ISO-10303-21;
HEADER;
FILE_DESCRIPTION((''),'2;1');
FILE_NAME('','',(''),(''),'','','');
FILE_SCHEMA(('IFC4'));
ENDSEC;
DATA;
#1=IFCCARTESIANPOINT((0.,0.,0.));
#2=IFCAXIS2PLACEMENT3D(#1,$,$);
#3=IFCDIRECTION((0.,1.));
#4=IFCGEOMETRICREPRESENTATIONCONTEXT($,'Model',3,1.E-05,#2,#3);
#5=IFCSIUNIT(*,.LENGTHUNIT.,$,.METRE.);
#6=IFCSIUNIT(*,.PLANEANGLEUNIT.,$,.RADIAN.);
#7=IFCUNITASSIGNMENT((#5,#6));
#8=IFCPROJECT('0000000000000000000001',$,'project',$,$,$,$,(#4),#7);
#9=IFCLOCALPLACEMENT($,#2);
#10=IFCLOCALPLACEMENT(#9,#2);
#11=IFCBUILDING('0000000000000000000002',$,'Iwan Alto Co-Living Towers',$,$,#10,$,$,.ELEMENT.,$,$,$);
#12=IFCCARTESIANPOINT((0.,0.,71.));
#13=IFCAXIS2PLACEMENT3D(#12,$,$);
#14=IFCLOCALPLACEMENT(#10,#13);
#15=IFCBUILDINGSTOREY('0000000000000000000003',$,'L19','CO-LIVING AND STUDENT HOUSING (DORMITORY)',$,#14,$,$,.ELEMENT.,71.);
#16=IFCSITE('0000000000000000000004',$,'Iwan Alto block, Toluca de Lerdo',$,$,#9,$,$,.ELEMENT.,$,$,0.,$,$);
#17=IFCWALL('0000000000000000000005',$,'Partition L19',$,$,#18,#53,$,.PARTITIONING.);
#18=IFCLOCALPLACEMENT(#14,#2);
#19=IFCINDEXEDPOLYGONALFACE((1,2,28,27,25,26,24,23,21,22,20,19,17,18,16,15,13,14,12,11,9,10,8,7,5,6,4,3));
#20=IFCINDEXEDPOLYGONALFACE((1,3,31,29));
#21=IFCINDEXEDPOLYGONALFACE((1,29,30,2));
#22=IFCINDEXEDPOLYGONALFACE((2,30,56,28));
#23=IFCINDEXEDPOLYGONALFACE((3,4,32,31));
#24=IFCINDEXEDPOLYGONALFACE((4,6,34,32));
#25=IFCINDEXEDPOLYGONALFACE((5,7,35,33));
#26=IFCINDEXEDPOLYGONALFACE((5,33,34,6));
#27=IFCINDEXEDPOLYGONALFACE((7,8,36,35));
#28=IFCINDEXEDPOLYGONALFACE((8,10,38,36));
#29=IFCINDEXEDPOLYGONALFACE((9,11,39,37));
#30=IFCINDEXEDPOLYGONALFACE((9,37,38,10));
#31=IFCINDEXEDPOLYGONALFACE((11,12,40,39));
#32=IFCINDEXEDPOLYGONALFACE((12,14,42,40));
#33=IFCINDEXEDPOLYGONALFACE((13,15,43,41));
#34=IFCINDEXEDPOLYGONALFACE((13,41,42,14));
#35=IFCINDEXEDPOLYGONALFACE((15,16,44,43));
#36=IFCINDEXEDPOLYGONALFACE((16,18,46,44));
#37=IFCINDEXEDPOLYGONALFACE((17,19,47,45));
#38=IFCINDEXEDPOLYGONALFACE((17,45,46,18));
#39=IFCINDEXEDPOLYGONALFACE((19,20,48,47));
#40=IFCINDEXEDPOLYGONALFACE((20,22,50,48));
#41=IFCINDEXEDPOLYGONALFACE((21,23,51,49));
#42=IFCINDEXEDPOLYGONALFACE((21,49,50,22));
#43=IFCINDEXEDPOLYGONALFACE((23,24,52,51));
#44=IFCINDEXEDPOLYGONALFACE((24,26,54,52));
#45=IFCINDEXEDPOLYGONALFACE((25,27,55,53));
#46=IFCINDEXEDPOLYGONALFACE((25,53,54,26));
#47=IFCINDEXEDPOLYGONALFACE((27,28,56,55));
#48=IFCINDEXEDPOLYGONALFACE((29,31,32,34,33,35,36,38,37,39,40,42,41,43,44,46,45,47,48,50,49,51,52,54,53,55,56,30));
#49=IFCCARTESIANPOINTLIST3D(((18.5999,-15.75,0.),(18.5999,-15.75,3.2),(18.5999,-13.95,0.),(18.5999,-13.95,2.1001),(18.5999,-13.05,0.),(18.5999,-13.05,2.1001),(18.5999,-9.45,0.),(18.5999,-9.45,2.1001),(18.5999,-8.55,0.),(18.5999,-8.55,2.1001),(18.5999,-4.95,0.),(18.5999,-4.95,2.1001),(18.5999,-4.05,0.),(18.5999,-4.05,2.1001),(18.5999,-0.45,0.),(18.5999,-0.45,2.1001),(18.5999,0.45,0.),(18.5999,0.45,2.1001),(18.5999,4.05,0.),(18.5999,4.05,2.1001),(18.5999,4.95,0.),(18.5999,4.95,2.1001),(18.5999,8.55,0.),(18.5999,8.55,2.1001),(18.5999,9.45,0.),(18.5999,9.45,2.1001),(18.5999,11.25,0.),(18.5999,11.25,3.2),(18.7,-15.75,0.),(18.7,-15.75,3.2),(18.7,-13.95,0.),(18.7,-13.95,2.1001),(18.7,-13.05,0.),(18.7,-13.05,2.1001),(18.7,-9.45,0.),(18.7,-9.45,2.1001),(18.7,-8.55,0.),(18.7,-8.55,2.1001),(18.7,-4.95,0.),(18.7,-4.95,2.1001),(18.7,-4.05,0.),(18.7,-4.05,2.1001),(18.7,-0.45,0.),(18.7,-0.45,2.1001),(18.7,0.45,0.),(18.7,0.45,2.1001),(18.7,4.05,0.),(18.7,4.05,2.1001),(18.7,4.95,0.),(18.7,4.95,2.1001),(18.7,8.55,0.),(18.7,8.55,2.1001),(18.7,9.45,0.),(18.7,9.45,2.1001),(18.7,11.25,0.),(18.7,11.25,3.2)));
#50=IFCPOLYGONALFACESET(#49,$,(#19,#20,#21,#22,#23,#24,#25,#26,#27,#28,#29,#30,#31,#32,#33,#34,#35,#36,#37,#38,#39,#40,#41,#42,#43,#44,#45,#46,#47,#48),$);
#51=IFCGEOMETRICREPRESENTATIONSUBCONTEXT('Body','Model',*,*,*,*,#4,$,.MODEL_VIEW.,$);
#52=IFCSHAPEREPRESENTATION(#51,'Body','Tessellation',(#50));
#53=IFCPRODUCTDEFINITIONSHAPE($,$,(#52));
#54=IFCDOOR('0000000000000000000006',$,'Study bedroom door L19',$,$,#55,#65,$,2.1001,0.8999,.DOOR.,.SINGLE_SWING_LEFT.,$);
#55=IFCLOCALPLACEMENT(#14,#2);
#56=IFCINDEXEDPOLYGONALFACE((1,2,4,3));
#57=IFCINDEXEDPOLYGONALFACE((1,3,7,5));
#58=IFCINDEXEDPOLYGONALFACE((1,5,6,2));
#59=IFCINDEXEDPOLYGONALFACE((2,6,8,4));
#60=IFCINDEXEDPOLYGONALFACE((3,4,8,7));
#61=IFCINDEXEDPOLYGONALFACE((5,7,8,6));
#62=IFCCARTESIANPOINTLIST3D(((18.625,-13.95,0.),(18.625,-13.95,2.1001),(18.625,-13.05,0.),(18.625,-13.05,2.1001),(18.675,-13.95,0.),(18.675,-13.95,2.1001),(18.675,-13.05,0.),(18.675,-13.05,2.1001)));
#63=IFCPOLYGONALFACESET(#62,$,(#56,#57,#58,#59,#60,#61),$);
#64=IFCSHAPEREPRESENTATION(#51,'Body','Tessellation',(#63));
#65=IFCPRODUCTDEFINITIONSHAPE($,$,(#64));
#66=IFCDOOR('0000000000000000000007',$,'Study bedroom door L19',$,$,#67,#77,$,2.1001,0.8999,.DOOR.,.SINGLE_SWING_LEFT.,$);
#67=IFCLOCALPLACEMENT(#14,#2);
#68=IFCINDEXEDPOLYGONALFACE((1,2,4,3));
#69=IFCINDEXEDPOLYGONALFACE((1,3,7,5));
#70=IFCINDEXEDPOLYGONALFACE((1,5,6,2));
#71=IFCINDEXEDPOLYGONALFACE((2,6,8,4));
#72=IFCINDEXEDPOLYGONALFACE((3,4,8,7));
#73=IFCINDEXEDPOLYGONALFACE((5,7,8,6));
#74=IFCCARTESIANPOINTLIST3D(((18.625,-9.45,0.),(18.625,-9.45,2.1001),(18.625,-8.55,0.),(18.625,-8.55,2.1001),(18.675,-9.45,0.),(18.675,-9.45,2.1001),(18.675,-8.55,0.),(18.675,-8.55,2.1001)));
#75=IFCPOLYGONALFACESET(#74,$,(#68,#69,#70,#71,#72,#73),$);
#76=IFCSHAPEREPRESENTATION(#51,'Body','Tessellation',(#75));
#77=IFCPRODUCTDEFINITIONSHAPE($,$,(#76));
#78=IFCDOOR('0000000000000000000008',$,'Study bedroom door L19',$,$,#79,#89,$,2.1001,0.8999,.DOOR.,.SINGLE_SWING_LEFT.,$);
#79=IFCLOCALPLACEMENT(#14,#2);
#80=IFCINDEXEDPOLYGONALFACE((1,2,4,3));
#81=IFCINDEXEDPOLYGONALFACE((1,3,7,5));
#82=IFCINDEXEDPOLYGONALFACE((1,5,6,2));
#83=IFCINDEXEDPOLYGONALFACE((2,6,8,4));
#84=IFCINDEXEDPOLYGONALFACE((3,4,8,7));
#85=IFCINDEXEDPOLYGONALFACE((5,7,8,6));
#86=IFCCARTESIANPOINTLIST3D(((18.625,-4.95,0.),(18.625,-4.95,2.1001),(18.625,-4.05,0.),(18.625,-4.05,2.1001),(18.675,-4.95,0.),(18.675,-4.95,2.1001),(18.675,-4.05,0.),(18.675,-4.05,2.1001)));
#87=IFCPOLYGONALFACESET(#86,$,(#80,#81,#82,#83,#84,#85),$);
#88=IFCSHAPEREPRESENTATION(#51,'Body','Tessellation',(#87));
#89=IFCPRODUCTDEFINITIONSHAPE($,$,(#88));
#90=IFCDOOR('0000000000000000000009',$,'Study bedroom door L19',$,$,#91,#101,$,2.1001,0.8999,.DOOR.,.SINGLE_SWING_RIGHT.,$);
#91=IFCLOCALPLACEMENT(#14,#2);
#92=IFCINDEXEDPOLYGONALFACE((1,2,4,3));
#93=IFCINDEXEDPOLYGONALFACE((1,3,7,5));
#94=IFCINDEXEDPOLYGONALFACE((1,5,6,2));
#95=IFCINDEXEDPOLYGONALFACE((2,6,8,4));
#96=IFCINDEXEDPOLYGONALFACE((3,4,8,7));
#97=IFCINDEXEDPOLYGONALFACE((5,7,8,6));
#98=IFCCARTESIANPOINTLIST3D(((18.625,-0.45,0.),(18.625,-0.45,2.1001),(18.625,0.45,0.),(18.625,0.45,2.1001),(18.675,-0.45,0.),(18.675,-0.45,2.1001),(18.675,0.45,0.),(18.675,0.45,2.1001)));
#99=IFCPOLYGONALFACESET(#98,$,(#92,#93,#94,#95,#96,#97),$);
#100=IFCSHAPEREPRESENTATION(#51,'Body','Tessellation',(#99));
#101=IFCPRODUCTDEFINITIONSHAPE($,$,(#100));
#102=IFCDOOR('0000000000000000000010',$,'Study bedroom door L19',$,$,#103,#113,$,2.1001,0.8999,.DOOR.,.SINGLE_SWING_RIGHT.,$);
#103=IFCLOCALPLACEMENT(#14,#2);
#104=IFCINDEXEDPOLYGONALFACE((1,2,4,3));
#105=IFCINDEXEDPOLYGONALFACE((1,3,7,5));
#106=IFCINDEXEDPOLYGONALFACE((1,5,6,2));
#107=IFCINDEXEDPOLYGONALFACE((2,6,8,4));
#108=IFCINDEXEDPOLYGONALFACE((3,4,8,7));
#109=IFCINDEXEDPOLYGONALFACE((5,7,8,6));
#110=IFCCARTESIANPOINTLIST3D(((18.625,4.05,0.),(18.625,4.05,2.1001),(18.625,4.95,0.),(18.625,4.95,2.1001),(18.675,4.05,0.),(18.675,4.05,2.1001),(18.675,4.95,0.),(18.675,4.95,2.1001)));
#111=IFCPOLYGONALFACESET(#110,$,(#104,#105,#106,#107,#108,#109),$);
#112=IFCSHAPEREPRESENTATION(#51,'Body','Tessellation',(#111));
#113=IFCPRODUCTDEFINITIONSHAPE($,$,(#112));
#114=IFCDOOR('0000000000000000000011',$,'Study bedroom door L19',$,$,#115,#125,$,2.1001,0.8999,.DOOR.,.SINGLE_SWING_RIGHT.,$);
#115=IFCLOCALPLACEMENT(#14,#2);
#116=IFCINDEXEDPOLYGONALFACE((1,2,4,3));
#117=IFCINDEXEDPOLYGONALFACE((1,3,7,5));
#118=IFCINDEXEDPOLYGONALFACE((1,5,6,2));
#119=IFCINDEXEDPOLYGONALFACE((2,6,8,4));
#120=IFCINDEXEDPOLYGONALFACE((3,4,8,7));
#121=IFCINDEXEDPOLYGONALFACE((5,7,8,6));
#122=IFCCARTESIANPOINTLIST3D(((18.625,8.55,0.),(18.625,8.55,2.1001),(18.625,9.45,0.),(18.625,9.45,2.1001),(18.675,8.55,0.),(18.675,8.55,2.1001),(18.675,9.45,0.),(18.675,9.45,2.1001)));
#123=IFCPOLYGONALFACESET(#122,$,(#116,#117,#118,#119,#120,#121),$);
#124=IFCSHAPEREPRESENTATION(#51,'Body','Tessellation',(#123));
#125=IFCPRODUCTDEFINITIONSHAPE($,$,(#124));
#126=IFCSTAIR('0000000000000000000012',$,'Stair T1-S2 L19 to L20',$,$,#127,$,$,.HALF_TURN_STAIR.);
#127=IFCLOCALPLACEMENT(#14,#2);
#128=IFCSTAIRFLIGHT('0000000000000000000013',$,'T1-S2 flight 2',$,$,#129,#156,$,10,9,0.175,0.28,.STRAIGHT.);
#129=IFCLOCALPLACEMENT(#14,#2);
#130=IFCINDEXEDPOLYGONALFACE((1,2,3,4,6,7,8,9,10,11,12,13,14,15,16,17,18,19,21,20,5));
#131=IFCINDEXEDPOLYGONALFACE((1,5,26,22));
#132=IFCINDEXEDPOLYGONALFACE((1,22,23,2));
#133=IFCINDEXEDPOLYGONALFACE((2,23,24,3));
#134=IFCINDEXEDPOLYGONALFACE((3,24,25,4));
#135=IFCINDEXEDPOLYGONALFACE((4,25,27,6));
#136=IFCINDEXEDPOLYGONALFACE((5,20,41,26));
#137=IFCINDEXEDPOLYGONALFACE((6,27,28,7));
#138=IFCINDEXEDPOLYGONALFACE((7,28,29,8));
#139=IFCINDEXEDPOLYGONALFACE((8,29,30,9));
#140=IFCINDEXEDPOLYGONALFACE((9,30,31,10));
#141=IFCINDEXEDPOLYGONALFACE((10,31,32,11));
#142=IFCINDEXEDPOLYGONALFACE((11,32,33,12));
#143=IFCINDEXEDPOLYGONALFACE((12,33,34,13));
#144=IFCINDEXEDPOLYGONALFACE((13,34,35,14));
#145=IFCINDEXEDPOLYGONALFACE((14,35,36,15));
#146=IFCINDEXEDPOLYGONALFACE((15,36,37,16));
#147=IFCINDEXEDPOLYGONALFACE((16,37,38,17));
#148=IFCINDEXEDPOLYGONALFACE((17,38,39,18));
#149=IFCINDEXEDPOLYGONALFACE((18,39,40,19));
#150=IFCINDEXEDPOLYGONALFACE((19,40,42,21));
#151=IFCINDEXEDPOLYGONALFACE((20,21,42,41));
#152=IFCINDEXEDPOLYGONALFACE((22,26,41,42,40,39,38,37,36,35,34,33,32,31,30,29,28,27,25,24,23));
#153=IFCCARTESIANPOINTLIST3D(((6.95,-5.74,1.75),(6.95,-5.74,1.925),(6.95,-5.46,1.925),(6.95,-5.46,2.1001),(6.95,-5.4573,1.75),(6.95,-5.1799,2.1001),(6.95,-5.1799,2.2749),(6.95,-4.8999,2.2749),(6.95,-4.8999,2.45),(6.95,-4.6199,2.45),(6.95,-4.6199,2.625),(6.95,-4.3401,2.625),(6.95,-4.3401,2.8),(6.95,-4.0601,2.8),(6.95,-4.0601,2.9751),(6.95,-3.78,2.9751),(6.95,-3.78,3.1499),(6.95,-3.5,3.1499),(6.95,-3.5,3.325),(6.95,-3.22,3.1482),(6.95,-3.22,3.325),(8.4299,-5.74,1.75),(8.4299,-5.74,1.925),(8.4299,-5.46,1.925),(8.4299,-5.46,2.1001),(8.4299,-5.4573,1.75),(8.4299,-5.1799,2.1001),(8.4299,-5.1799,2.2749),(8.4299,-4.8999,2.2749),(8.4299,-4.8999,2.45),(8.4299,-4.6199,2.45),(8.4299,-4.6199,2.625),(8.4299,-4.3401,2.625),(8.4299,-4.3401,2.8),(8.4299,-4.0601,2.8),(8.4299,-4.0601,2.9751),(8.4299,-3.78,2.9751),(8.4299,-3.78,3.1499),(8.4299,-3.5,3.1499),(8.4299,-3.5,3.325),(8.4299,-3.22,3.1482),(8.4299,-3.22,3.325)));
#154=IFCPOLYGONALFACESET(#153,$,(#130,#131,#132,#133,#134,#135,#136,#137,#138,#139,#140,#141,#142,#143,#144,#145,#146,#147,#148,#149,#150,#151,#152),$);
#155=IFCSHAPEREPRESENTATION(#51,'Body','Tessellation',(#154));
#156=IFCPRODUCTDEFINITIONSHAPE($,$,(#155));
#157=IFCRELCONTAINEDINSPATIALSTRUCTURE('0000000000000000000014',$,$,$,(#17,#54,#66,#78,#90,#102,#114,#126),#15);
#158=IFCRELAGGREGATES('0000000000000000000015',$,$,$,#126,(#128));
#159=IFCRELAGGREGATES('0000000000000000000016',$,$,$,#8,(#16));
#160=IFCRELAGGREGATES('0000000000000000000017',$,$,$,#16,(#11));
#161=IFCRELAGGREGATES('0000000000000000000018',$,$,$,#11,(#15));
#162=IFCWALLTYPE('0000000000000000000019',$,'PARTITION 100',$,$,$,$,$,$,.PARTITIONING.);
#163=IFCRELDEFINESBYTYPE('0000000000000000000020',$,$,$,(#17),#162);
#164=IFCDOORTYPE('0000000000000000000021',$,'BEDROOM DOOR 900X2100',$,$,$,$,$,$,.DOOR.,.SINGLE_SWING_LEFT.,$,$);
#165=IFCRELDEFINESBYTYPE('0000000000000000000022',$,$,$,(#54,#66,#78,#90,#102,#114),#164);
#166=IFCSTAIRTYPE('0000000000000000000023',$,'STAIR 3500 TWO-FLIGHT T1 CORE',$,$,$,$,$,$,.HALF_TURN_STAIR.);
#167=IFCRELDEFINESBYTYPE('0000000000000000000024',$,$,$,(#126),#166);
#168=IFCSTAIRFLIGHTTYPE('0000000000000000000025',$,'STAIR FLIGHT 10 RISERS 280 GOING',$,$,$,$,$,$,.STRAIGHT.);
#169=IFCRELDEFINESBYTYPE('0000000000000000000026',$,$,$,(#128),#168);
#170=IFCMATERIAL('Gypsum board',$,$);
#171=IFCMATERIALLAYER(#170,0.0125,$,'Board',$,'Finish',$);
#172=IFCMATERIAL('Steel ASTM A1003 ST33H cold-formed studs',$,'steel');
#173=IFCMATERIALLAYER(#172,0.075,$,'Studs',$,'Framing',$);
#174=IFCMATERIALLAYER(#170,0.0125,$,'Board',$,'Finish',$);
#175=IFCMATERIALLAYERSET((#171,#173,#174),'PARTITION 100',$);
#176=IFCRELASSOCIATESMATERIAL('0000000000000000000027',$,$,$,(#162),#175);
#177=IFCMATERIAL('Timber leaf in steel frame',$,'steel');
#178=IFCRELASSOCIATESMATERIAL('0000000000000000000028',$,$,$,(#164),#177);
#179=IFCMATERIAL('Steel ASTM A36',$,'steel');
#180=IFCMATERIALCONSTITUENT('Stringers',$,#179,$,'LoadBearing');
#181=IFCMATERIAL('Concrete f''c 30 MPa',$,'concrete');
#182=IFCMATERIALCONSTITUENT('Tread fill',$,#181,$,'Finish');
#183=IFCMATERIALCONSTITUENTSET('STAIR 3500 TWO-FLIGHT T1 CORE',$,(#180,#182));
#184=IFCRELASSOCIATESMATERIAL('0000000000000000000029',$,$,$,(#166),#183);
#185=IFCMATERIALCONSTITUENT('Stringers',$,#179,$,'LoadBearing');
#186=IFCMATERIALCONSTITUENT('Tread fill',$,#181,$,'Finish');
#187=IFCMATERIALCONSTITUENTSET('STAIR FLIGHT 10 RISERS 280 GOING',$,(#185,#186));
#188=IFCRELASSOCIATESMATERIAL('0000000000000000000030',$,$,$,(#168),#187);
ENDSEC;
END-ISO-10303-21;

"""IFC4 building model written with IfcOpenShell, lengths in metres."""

from ifc_helpers import new_model, si_unit, direction, frame, frame_2d, origin, place, context, subcontext, project, spatial, polyline, rectangle, outline, extrude, material, layer, layer_set, constituent, constituent_set, type_object, element, fill, aggregate, save


model = new_model("IFC4")

# Units and contexts
model_context = context("Model", 3, precision=1e-05, world=origin(), true_north=direction((0.0, 1.0)))
body_context = subcontext(model_context, "Body", "Model", "MODEL_VIEW")
ifc_project = project(units=[si_unit("LENGTHUNIT", "METRE"), si_unit("PLANEANGLEUNIT", "RADIAN")], contexts=[model_context])

# Site, building, storey
site_placement = place(None, origin())
site = spatial("IfcSite", under=ifc_project, at=site_placement, Name="Iwan Alto block, Toluca de Lerdo", CompositionType="ELEMENT", RefElevation=0.0)
building_placement = place(site_placement, origin())
building = spatial("IfcBuilding", under=site, at=building_placement, Name="Iwan Alto Co-Living Towers", CompositionType="ELEMENT")
storey_placement = place(building_placement, frame((0.0, 0.0, 71.0)))
storey = spatial("IfcBuildingStorey", under=building, at=storey_placement, Name="L19", Description="CO-LIVING AND STUDENT HOUSING (DORMITORY)", CompositionType="ELEMENT", Elevation=71.0)

# Shared definitions
ifc_material_1 = material(Name="Steel ASTM A36", Category="steel")
ifc_material_2 = material(Name="Concrete f'c 30 MPa", Category="concrete")

# Shared definitions
ifc_material_3 = material(Name="Gypsum board")
ifc_layer_1 = layer(ifc_material_3, 0.0125, Name="Board", Category="Finish")
ifc_material_4 = material(Name="Steel ASTM A1003 ST33H cold-formed studs", Category="steel")
ifc_layer_2 = layer(ifc_material_4, 0.075, Name="Studs", Category="Framing")
ifc_layer_3 = layer(ifc_material_3, 0.0125, Name="Board", Category="Finish")
ifc_layer_set_1 = layer_set([ifc_layer_1, ifc_layer_2, ifc_layer_3], Name="PARTITION 100")
wall_type = type_object("IfcWallType", Name="PARTITION 100", PredefinedType="PARTITIONING", material=ifc_layer_set_1)

# Wall, openings, doors
wall_placement = place(storey_placement, frame((18.6499, -15.75, 0.0), z_axis=(0.0, 0.0, 1.0), x_axis=(0.0, 1.0, 0.0)))
wall = element("IfcWall", 1, at=wall_placement, inside=storey, type_object=wall_type, Name="Partition L19", PredefinedType="PARTITIONING", context=body_context, shape_type="SweptSolid", body=[
    extrude(rectangle(XDim=27.0, YDim=0.1001, at=frame_2d((13.5, 0.0))), origin(), (0.0, 0.0, 1.0), 3.2),
])
opening_1_placement = place(wall_placement, frame((1.8, 0.0, 0.0)))
opening_1 = element("IfcOpeningElement", 2, at=opening_1_placement, cuts=wall, PredefinedType="OPENING", context=body_context, shape_type="SweptSolid", body=[
    extrude(rectangle(XDim=0.8999, YDim=2.1001, at=frame_2d((0.45, 1.05))), frame((0.0, 0.0601, 0.0), z_axis=(0.0, -1.0, 0.0), x_axis=(1.0, 0.0, 0.0)), (0.0, 0.0, 1.0), 0.1201),
])
opening_2_placement = place(wall_placement, frame((6.3, 0.0, 0.0)))
opening_2 = element("IfcOpeningElement", 3, at=opening_2_placement, cuts=wall, PredefinedType="OPENING", context=body_context, shape_type="SweptSolid", body=[
    extrude(rectangle(XDim=0.8999, YDim=2.1001, at=frame_2d((0.45, 1.05))), frame((0.0, 0.0601, 0.0), z_axis=(0.0, -1.0, 0.0), x_axis=(1.0, 0.0, 0.0)), (0.0, 0.0, 1.0), 0.1201),
])
opening_3_placement = place(wall_placement, frame((10.8, 0.0, 0.0)))
opening_3 = element("IfcOpeningElement", 4, at=opening_3_placement, cuts=wall, PredefinedType="OPENING", context=body_context, shape_type="SweptSolid", body=[
    extrude(rectangle(XDim=0.8999, YDim=2.1001, at=frame_2d((0.45, 1.05))), frame((0.0, 0.0601, 0.0), z_axis=(0.0, -1.0, 0.0), x_axis=(1.0, 0.0, 0.0)), (0.0, 0.0, 1.0), 0.1201),
])
opening_4_placement = place(wall_placement, frame((15.3, 0.0, 0.0)))
opening_4 = element("IfcOpeningElement", 5, at=opening_4_placement, cuts=wall, PredefinedType="OPENING", context=body_context, shape_type="SweptSolid", body=[
    extrude(rectangle(XDim=0.8999, YDim=2.1001, at=frame_2d((0.45, 1.05))), frame((0.0, 0.0601, 0.0), z_axis=(0.0, -1.0, 0.0), x_axis=(1.0, 0.0, 0.0)), (0.0, 0.0, 1.0), 0.1201),
])
opening_5_placement = place(wall_placement, frame((19.8, 0.0, 0.0)))
opening_5 = element("IfcOpeningElement", 6, at=opening_5_placement, cuts=wall, PredefinedType="OPENING", context=body_context, shape_type="SweptSolid", body=[
    extrude(rectangle(XDim=0.8999, YDim=2.1001, at=frame_2d((0.45, 1.05))), frame((0.0, 0.0601, 0.0), z_axis=(0.0, -1.0, 0.0), x_axis=(1.0, 0.0, 0.0)), (0.0, 0.0, 1.0), 0.1201),
])
opening_6_placement = place(wall_placement, frame((24.3, 0.0, 0.0)))
opening_6 = element("IfcOpeningElement", 7, at=opening_6_placement, cuts=wall, PredefinedType="OPENING", context=body_context, shape_type="SweptSolid", body=[
    extrude(rectangle(XDim=0.8999, YDim=2.1001, at=frame_2d((0.45, 1.05))), frame((0.0, 0.0601, 0.0), z_axis=(0.0, -1.0, 0.0), x_axis=(1.0, 0.0, 0.0)), (0.0, 0.0, 1.0), 0.1201),
])
ifc_material_5 = material(Name="Timber leaf in steel frame", Category="steel")
door_type = type_object("IfcDoorType", Name="BEDROOM DOOR 900X2100", OperationType="SINGLE_SWING_LEFT", PredefinedType="DOOR", material=ifc_material_5)
door_1_placement = place(opening_1_placement, origin())
door_1 = element("IfcDoor", 8, at=door_1_placement, inside=storey, type_object=door_type, Name="Study bedroom door L19", OperationType="SINGLE_SWING_LEFT", OverallHeight=2.1001, OverallWidth=0.8999, PredefinedType="DOOR", context=body_context, shape_type="SweptSolid", body=[
    extrude(rectangle(XDim=0.8999, YDim=2.1001, at=frame_2d((0.45, 1.05))), frame((0.0, 0.0249, 0.0), z_axis=(0.0, -1.0, 0.0), x_axis=(1.0, 0.0, 0.0)), (0.0, 0.0, 1.0), 0.05),
])
fill(opening_1, door_1)
door_2_placement = place(opening_2_placement, origin())
door_2 = element("IfcDoor", 9, at=door_2_placement, inside=storey, type_object=door_type, Name="Study bedroom door L19", OperationType="SINGLE_SWING_LEFT", OverallHeight=2.1001, OverallWidth=0.8999, PredefinedType="DOOR", context=body_context, shape_type="SweptSolid", body=[
    extrude(rectangle(XDim=0.8999, YDim=2.1001, at=frame_2d((0.45, 1.05))), frame((0.0, 0.0249, 0.0), z_axis=(0.0, -1.0, 0.0), x_axis=(1.0, 0.0, 0.0)), (0.0, 0.0, 1.0), 0.05),
])
fill(opening_2, door_2)
door_3_placement = place(opening_3_placement, origin())
door_3 = element("IfcDoor", 10, at=door_3_placement, inside=storey, type_object=door_type, Name="Study bedroom door L19", OperationType="SINGLE_SWING_LEFT", OverallHeight=2.1001, OverallWidth=0.8999, PredefinedType="DOOR", context=body_context, shape_type="SweptSolid", body=[
    extrude(rectangle(XDim=0.8999, YDim=2.1001, at=frame_2d((0.45, 1.05))), frame((0.0, 0.0249, 0.0), z_axis=(0.0, -1.0, 0.0), x_axis=(1.0, 0.0, 0.0)), (0.0, 0.0, 1.0), 0.05),
])
fill(opening_3, door_3)
door_4_placement = place(opening_4_placement, origin())
door_4 = element("IfcDoor", 11, at=door_4_placement, inside=storey, type_object=door_type, Name="Study bedroom door L19", OperationType="SINGLE_SWING_RIGHT", OverallHeight=2.1001, OverallWidth=0.8999, PredefinedType="DOOR", context=body_context, shape_type="SweptSolid", body=[
    extrude(rectangle(XDim=0.8999, YDim=2.1001, at=frame_2d((0.45, 1.05))), frame((0.0, 0.0249, 0.0), z_axis=(0.0, -1.0, 0.0), x_axis=(1.0, 0.0, 0.0)), (0.0, 0.0, 1.0), 0.05),
])
fill(opening_4, door_4)
door_5_placement = place(opening_5_placement, origin())
door_5 = element("IfcDoor", 12, at=door_5_placement, inside=storey, type_object=door_type, Name="Study bedroom door L19", OperationType="SINGLE_SWING_RIGHT", OverallHeight=2.1001, OverallWidth=0.8999, PredefinedType="DOOR", context=body_context, shape_type="SweptSolid", body=[
    extrude(rectangle(XDim=0.8999, YDim=2.1001, at=frame_2d((0.45, 1.05))), frame((0.0, 0.0249, 0.0), z_axis=(0.0, -1.0, 0.0), x_axis=(1.0, 0.0, 0.0)), (0.0, 0.0, 1.0), 0.05),
])
fill(opening_5, door_5)
door_6_placement = place(opening_6_placement, origin())
door_6 = element("IfcDoor", 13, at=door_6_placement, inside=storey, type_object=door_type, Name="Study bedroom door L19", OperationType="SINGLE_SWING_RIGHT", OverallHeight=2.1001, OverallWidth=0.8999, PredefinedType="DOOR", context=body_context, shape_type="SweptSolid", body=[
    extrude(rectangle(XDim=0.8999, YDim=2.1001, at=frame_2d((0.45, 1.05))), frame((0.0, 0.0249, 0.0), z_axis=(0.0, -1.0, 0.0), x_axis=(1.0, 0.0, 0.0)), (0.0, 0.0, 1.0), 0.05),
])
fill(opening_6, door_6)

# Stair, stair flight
ifc_constituent_1 = constituent(ifc_material_1, Name="Stringers", Category="LoadBearing")
ifc_constituent_2 = constituent(ifc_material_2, Name="Tread fill", Category="Finish")
ifc_constituent_set_1 = constituent_set(constituents=[ifc_constituent_1, ifc_constituent_2], Name="STAIR 3500 TWO-FLIGHT T1 CORE")
stair_type_1 = type_object("IfcStairType", Name="STAIR 3500 TWO-FLIGHT T1 CORE", PredefinedType="HALF_TURN_STAIR", material=ifc_constituent_set_1)
stair_1_placement = place(storey_placement, origin())
stair_1 = element("IfcStair", 14, at=stair_1_placement, inside=storey, type_object=stair_type_1, Name="Stair T1-S2 L19 to L20", PredefinedType="HALF_TURN_STAIR")
ifc_constituent_3 = constituent(ifc_material_1, Name="Stringers", Category="LoadBearing")
ifc_constituent_4 = constituent(ifc_material_2, Name="Tread fill", Category="Finish")
ifc_constituent_set_2 = constituent_set(constituents=[ifc_constituent_3, ifc_constituent_4], Name="STAIR FLIGHT 10 RISERS 280 GOING")
stair_flight_type = type_object("IfcStairFlightType", Name="STAIR FLIGHT 10 RISERS 280 GOING", PredefinedType="STRAIGHT", material=ifc_constituent_set_2)
stair_flight_placement = place(storey_placement, frame((7.6899, -5.74, 1.75), z_axis=(0.0, 0.0, 1.0), x_axis=(0.0, 1.0, 0.0)))
stair_flight = element("IfcStairFlight", 15, at=stair_flight_placement, type_object=stair_flight_type, Name="T1-S2 flight 2", NumberOfRisers=10, NumberOfTreads=9, PredefinedType="STRAIGHT", RiserHeight=0.175, TreadLength=0.28, context=body_context, shape_type="SweptSolid", body=[
    extrude(outline(polyline([(0.0, 0.0), (0.0, 0.175), (0.28, 0.175), (0.28, 0.3501), (0.5601, 0.3501), (0.5601, 0.5249), (0.8401, 0.5249), (0.8401, 0.7), (1.1201, 0.7), (1.1201, 0.875), (1.3999, 0.875), (1.3999, 1.05), (1.6799, 1.05), (1.6799, 1.2251), (1.96, 1.2251), (1.96, 1.3999), (2.24, 1.3999), (2.24, 1.575), (2.52, 1.575), (2.52, 1.75), (2.52, 1.3982), (0.2827, 0.0), (0.0, 0.0)])), frame((0.0, 0.74, 0.0), z_axis=(0.0, -1.0, 0.0), x_axis=(1.0, 0.0, 0.0)), (0.0, 0.0, 1.0), 1.48),
])
aggregate(stair_1, [stair_flight])

save(model, "model.ifc")
